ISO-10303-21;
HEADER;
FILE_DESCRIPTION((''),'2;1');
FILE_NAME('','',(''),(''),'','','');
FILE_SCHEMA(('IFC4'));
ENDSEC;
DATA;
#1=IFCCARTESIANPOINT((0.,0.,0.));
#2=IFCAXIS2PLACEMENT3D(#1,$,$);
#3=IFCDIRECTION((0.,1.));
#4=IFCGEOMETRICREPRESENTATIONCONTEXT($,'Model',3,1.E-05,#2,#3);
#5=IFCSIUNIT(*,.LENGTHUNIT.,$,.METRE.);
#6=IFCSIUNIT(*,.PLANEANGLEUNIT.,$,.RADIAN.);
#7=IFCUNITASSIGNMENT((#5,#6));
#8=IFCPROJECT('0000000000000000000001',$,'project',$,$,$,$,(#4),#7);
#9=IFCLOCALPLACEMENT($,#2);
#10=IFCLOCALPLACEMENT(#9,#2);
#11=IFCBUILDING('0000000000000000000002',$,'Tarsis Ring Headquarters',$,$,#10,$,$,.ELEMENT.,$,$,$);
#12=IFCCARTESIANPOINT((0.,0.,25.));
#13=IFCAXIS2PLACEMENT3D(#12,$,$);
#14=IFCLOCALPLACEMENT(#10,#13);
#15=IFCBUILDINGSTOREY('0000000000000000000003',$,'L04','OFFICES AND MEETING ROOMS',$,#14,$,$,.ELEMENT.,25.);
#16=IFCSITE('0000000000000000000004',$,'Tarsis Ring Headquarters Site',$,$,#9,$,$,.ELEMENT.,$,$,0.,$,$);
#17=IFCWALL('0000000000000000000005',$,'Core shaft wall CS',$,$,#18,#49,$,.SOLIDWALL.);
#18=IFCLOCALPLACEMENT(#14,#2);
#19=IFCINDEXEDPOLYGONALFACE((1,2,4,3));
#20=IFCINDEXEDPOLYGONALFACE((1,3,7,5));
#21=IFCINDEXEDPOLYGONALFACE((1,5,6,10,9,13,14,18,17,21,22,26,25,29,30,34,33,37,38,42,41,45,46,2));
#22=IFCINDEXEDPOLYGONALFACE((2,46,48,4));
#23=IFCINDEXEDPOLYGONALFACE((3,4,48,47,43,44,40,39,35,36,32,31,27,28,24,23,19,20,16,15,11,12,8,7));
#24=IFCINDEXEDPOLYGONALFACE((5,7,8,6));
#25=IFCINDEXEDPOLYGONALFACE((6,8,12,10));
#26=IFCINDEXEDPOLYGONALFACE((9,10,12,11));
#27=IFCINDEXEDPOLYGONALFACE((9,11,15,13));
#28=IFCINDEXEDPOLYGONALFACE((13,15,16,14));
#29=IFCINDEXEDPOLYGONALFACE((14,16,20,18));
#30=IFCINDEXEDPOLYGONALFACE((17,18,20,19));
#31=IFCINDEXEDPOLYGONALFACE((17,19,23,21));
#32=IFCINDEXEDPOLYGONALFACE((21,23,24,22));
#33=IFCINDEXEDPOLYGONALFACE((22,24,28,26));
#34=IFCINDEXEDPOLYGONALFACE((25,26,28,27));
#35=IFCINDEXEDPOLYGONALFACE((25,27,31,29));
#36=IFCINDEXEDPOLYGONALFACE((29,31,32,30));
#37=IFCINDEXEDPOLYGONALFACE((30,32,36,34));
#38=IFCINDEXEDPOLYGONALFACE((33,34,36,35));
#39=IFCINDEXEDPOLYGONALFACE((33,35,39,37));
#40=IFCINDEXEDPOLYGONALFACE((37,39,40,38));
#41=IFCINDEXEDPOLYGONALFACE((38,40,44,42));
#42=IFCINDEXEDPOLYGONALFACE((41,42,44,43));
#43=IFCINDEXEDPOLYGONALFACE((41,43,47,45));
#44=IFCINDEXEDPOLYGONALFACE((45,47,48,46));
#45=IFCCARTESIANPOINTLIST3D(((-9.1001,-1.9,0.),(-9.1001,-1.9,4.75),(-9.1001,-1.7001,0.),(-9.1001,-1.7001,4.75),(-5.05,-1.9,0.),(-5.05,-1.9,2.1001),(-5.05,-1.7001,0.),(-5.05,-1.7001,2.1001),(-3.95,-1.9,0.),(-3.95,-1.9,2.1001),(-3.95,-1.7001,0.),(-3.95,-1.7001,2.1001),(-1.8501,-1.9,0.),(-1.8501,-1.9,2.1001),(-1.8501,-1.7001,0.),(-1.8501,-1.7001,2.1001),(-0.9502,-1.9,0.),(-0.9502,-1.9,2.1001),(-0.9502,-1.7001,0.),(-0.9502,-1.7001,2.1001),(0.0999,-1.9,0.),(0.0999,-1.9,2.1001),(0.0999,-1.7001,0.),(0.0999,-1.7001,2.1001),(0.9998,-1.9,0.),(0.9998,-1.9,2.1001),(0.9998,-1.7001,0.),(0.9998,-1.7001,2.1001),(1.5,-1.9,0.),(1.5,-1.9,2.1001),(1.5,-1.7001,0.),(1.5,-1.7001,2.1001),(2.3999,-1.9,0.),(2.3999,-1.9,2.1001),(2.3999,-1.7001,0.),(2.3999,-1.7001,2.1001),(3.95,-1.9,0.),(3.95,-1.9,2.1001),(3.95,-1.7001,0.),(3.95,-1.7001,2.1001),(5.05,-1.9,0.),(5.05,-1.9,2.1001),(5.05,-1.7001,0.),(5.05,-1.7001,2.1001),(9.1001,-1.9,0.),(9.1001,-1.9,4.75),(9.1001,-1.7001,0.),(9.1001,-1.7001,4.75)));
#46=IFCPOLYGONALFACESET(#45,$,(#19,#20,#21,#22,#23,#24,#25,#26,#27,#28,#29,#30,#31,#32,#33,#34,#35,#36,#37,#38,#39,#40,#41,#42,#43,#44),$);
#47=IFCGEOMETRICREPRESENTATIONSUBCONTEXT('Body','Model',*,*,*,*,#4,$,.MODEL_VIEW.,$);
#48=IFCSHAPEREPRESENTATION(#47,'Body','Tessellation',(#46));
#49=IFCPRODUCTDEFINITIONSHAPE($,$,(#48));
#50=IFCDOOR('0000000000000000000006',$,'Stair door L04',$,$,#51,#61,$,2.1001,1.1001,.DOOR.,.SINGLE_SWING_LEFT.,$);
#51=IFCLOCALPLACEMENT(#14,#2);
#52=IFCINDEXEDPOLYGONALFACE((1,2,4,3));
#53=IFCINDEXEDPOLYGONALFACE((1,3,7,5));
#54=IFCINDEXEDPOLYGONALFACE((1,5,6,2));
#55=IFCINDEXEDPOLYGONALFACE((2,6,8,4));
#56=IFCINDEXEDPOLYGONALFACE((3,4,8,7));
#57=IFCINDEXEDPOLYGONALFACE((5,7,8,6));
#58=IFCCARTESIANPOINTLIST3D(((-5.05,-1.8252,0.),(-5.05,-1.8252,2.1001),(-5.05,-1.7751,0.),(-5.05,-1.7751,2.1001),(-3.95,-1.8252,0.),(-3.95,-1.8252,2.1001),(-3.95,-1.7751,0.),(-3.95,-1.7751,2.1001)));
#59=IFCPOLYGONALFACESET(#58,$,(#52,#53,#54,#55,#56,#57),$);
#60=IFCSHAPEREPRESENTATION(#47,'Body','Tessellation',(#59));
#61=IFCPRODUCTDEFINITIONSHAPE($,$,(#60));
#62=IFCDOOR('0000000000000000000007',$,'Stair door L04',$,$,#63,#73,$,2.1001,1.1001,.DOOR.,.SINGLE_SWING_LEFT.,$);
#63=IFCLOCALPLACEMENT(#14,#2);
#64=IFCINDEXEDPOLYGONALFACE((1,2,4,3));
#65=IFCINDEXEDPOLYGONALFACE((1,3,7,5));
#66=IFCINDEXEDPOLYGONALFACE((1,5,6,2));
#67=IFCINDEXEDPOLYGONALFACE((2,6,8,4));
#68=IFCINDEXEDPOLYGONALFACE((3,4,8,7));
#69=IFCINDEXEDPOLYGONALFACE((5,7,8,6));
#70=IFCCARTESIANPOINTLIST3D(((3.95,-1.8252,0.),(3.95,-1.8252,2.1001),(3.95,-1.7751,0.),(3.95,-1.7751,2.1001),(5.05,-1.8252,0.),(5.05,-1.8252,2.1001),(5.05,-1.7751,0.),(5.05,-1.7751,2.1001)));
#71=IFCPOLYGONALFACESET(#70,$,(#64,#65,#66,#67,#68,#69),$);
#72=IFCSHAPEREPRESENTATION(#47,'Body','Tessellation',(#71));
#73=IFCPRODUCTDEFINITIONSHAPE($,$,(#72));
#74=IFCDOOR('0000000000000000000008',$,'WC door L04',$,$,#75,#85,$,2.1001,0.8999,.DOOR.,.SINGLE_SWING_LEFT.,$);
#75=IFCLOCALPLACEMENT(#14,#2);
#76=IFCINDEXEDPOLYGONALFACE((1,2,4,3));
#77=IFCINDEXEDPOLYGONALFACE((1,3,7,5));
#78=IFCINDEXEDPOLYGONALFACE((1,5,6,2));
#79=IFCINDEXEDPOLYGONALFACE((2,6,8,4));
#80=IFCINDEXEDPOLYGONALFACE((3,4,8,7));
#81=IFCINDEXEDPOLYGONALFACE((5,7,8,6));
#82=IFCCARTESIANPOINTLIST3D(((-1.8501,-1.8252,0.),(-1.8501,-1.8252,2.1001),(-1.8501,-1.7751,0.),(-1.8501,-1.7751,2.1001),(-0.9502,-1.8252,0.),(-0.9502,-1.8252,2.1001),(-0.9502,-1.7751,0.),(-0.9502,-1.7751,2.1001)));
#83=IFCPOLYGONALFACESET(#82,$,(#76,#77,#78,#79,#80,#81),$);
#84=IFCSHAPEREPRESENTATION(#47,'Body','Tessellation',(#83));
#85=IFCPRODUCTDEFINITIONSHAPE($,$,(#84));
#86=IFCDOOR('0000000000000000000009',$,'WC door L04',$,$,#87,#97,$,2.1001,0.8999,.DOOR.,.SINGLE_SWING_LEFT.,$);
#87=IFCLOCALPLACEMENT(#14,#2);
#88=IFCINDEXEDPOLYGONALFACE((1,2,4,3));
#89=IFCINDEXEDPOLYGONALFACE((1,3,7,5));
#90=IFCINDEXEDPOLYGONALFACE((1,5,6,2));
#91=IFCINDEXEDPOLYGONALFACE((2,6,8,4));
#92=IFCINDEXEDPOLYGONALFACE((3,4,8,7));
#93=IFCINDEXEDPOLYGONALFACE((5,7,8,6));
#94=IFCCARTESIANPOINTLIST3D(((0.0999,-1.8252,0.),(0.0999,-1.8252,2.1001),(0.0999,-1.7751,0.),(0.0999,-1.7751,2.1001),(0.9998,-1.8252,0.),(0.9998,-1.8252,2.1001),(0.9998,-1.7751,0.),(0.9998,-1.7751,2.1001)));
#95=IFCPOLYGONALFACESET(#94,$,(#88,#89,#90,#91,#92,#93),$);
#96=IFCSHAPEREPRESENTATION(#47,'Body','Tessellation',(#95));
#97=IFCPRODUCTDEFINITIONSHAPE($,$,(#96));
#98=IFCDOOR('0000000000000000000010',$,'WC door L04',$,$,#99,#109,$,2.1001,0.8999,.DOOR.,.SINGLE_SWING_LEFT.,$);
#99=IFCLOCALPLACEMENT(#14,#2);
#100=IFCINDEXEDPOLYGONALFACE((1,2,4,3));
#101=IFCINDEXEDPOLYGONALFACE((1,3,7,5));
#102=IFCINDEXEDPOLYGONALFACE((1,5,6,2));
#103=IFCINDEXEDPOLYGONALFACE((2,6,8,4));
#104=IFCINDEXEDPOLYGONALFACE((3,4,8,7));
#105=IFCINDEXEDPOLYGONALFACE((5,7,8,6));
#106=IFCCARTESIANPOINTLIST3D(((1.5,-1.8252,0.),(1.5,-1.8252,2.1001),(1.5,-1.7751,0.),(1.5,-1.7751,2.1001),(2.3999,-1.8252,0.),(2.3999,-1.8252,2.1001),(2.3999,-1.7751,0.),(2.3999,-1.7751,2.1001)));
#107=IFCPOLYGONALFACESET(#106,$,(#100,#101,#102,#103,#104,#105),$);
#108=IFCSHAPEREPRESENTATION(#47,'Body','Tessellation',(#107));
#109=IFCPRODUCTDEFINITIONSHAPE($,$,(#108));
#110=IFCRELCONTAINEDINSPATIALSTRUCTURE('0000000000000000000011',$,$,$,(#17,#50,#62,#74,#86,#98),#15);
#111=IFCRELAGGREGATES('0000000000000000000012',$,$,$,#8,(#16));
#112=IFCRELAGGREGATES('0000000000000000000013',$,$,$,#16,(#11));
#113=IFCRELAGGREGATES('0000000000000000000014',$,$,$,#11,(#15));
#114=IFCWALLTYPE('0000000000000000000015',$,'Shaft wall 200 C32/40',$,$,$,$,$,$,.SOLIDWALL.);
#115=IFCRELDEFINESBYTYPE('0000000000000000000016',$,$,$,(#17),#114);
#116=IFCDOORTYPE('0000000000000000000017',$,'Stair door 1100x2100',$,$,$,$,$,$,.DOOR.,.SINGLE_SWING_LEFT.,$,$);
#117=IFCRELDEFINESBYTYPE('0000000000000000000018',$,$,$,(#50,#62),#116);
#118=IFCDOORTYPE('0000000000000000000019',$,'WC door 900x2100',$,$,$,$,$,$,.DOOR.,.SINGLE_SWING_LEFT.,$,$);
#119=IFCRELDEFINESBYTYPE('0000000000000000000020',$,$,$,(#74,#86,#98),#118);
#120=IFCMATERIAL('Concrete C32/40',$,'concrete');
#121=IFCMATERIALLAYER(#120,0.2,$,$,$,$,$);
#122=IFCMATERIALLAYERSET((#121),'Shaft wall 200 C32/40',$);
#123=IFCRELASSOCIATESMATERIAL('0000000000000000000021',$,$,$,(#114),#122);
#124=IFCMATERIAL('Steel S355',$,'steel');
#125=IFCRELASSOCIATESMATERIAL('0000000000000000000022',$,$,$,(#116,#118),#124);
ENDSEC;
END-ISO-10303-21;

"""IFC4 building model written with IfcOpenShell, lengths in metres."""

from ifc_helpers import new_model, si_unit, direction, frame, frame_2d, origin, place, context, subcontext, project, spatial, rectangle, extrude, material, layer, layer_set, type_object, element, fill, save


model = new_model("IFC4")

# Units and contexts
model_context = context("Model", 3, precision=1e-05, world=origin(), true_north=direction((0.0, 1.0)))
body_context = subcontext(model_context, "Body", "Model", "MODEL_VIEW")
ifc_project = project(units=[si_unit("LENGTHUNIT", "METRE"), si_unit("PLANEANGLEUNIT", "RADIAN")], contexts=[model_context])

# Site, building, storey
site_placement = place(None, origin())
site = spatial("IfcSite", under=ifc_project, at=site_placement, Name="Tarsis Ring Headquarters Site", CompositionType="ELEMENT", RefElevation=0.0)
building_placement = place(site_placement, origin())
building = spatial("IfcBuilding", under=site, at=building_placement, Name="Tarsis Ring Headquarters", CompositionType="ELEMENT")
storey_placement = place(building_placement, frame((0.0, 0.0, 25.0)))
storey = spatial("IfcBuildingStorey", under=building, at=storey_placement, Name="L04", Description="OFFICES AND MEETING ROOMS", CompositionType="ELEMENT", Elevation=25.0)

# Wall, openings, doors
ifc_material_1 = material(Name="Concrete C32/40", Category="concrete")
ifc_layer_1 = layer(ifc_material_1, 0.2)
ifc_layer_set_1 = layer_set([ifc_layer_1], Name="Shaft wall 200 C32/40")
wall_type_1 = type_object("IfcWallType", Name="Shaft wall 200 C32/40", PredefinedType="SOLIDWALL", material=ifc_layer_set_1)
wall_1_placement = place(storey_placement, frame((-9.1001, -1.8, 0.0), z_axis=(0.0, 0.0, 1.0), x_axis=(1.0, 0.0, 0.0)))
wall_1 = element("IfcWall", 1, at=wall_1_placement, inside=storey, type_object=wall_type_1, Name="Core shaft wall CS", PredefinedType="SOLIDWALL", context=body_context, shape_type="SweptSolid", body=[
    extrude(rectangle(XDim=18.2002, YDim=0.2, at=frame_2d((9.1001, 0.0))), origin(), (0.0, 0.0, 1.0), 4.75),
])
opening_1_placement = place(wall_1_placement, frame((4.05, 0.0, 0.0)))
opening_1 = element("IfcOpeningElement", 2, at=opening_1_placement, cuts=wall_1, PredefinedType="OPENING", context=body_context, shape_type="SweptSolid", body=[
    extrude(rectangle(XDim=1.1001, YDim=2.1001, at=frame_2d((0.55, 1.05))), frame((0.0, 0.1099, 0.0), z_axis=(0.0, -1.0, 0.0), x_axis=(1.0, 0.0, 0.0)), (0.0, 0.0, 1.0), 0.22),
])
opening_2_placement = place(wall_1_placement, frame((7.25, 0.0, 0.0)))
opening_2 = element("IfcOpeningElement", 3, at=opening_2_placement, cuts=wall_1, PredefinedType="OPENING", context=body_context, shape_type="SweptSolid", body=[
    extrude(rectangle(XDim=0.8999, YDim=2.1001, at=frame_2d((0.45, 1.05))), frame((0.0, 0.1099, 0.0), z_axis=(0.0, -1.0, 0.0), x_axis=(1.0, 0.0, 0.0)), (0.0, 0.0, 1.0), 0.22),
])
opening_3_placement = place(wall_1_placement, frame((9.2, 0.0, 0.0)))
opening_3 = element("IfcOpeningElement", 4, at=opening_3_placement, cuts=wall_1, PredefinedType="OPENING", context=body_context, shape_type="SweptSolid", body=[
    extrude(rectangle(XDim=0.8999, YDim=2.1001, at=frame_2d((0.45, 1.05))), frame((0.0, 0.1099, 0.0), z_axis=(0.0, -1.0, 0.0), x_axis=(1.0, 0.0, 0.0)), (0.0, 0.0, 1.0), 0.22),
])
opening_4_placement = place(wall_1_placement, frame((10.6001, 0.0, 0.0)))
opening_4 = element("IfcOpeningElement", 5, at=opening_4_placement, cuts=wall_1, PredefinedType="OPENING", context=body_context, shape_type="SweptSolid", body=[
    extrude(rectangle(XDim=0.8999, YDim=2.1001, at=frame_2d((0.45, 1.05))), frame((0.0, 0.1099, 0.0), z_axis=(0.0, -1.0, 0.0), x_axis=(1.0, 0.0, 0.0)), (0.0, 0.0, 1.0), 0.22),
])
opening_5_placement = place(wall_1_placement, frame((13.05, 0.0, 0.0)))
opening_5 = element("IfcOpeningElement", 6, at=opening_5_placement, cuts=wall_1, PredefinedType="OPENING", context=body_context, shape_type="SweptSolid", body=[
    extrude(rectangle(XDim=1.1001, YDim=2.1001, at=frame_2d((0.55, 1.05))), frame((0.0, 0.1099, 0.0), z_axis=(0.0, -1.0, 0.0), x_axis=(1.0, 0.0, 0.0)), (0.0, 0.0, 1.0), 0.22),
])
ifc_material_2 = material(Name="Steel S355", Category="steel")
door_type_1 = type_object("IfcDoorType", Name="Stair door 1100x2100", OperationType="SINGLE_SWING_LEFT", PredefinedType="DOOR", material=ifc_material_2)
door_1_placement = place(opening_1_placement, origin())
door_1 = element("IfcDoor", 7, at=door_1_placement, inside=storey, type_object=door_type_1, Name="Stair door L04", OperationType="SINGLE_SWING_LEFT", OverallHeight=2.1001, OverallWidth=1.1001, PredefinedType="DOOR", context=body_context, shape_type="SweptSolid", body=[
    extrude(rectangle(XDim=1.1001, YDim=2.1001, at=frame_2d((0.55, 1.05))), frame((0.0, 0.0249, 0.0), z_axis=(0.0, -1.0, 0.0), x_axis=(1.0, 0.0, 0.0)), (0.0, 0.0, 1.0), 0.05),
])
fill(opening_1, door_1)
door_2_placement = place(opening_5_placement, origin())
door_2 = element("IfcDoor", 8, at=door_2_placement, inside=storey, type_object=door_type_1, Name="Stair door L04", OperationType="SINGLE_SWING_LEFT", OverallHeight=2.1001, OverallWidth=1.1001, PredefinedType="DOOR", context=body_context, shape_type="SweptSolid", body=[
    extrude(rectangle(XDim=1.1001, YDim=2.1001, at=frame_2d((0.55, 1.05))), frame((0.0, 0.0249, 0.0), z_axis=(0.0, -1.0, 0.0), x_axis=(1.0, 0.0, 0.0)), (0.0, 0.0, 1.0), 0.05),
])
fill(opening_5, door_2)
door_type_2 = type_object("IfcDoorType", Name="WC door 900x2100", OperationType="SINGLE_SWING_LEFT", PredefinedType="DOOR", material=ifc_material_2)
door_3_placement = place(opening_2_placement, origin())
door_3 = element("IfcDoor", 9, at=door_3_placement, inside=storey, type_object=door_type_2, Name="WC door L04", OperationType="SINGLE_SWING_LEFT", OverallHeight=2.1001, OverallWidth=0.8999, PredefinedType="DOOR", context=body_context, shape_type="SweptSolid", body=[
    extrude(rectangle(XDim=0.8999, YDim=2.1001, at=frame_2d((0.45, 1.05))), frame((0.0, 0.0249, 0.0), z_axis=(0.0, -1.0, 0.0), x_axis=(1.0, 0.0, 0.0)), (0.0, 0.0, 1.0), 0.05),
])
fill(opening_2, door_3)
door_4_placement = place(opening_3_placement, origin())
door_4 = element("IfcDoor", 10, at=door_4_placement, inside=storey, type_object=door_type_2, Name="WC door L04", OperationType="SINGLE_SWING_LEFT", OverallHeight=2.1001, OverallWidth=0.8999, PredefinedType="DOOR", context=body_context, shape_type="SweptSolid", body=[
    extrude(rectangle(XDim=0.8999, YDim=2.1001, at=frame_2d((0.45, 1.05))), frame((0.0, 0.0249, 0.0), z_axis=(0.0, -1.0, 0.0), x_axis=(1.0, 0.0, 0.0)), (0.0, 0.0, 1.0), 0.05),
])
fill(opening_3, door_4)
door_5_placement = place(opening_4_placement, origin())
door_5 = element("IfcDoor", 11, at=door_5_placement, inside=storey, type_object=door_type_2, Name="WC door L04", OperationType="SINGLE_SWING_LEFT", OverallHeight=2.1001, OverallWidth=0.8999, PredefinedType="DOOR", context=body_context, shape_type="SweptSolid", body=[
    extrude(rectangle(XDim=0.8999, YDim=2.1001, at=frame_2d((0.45, 1.05))), frame((0.0, 0.0249, 0.0), z_axis=(0.0, -1.0, 0.0), x_axis=(1.0, 0.0, 0.0)), (0.0, 0.0, 1.0), 0.05),
])
fill(opening_4, door_5)

save(model, "model.ifc")
